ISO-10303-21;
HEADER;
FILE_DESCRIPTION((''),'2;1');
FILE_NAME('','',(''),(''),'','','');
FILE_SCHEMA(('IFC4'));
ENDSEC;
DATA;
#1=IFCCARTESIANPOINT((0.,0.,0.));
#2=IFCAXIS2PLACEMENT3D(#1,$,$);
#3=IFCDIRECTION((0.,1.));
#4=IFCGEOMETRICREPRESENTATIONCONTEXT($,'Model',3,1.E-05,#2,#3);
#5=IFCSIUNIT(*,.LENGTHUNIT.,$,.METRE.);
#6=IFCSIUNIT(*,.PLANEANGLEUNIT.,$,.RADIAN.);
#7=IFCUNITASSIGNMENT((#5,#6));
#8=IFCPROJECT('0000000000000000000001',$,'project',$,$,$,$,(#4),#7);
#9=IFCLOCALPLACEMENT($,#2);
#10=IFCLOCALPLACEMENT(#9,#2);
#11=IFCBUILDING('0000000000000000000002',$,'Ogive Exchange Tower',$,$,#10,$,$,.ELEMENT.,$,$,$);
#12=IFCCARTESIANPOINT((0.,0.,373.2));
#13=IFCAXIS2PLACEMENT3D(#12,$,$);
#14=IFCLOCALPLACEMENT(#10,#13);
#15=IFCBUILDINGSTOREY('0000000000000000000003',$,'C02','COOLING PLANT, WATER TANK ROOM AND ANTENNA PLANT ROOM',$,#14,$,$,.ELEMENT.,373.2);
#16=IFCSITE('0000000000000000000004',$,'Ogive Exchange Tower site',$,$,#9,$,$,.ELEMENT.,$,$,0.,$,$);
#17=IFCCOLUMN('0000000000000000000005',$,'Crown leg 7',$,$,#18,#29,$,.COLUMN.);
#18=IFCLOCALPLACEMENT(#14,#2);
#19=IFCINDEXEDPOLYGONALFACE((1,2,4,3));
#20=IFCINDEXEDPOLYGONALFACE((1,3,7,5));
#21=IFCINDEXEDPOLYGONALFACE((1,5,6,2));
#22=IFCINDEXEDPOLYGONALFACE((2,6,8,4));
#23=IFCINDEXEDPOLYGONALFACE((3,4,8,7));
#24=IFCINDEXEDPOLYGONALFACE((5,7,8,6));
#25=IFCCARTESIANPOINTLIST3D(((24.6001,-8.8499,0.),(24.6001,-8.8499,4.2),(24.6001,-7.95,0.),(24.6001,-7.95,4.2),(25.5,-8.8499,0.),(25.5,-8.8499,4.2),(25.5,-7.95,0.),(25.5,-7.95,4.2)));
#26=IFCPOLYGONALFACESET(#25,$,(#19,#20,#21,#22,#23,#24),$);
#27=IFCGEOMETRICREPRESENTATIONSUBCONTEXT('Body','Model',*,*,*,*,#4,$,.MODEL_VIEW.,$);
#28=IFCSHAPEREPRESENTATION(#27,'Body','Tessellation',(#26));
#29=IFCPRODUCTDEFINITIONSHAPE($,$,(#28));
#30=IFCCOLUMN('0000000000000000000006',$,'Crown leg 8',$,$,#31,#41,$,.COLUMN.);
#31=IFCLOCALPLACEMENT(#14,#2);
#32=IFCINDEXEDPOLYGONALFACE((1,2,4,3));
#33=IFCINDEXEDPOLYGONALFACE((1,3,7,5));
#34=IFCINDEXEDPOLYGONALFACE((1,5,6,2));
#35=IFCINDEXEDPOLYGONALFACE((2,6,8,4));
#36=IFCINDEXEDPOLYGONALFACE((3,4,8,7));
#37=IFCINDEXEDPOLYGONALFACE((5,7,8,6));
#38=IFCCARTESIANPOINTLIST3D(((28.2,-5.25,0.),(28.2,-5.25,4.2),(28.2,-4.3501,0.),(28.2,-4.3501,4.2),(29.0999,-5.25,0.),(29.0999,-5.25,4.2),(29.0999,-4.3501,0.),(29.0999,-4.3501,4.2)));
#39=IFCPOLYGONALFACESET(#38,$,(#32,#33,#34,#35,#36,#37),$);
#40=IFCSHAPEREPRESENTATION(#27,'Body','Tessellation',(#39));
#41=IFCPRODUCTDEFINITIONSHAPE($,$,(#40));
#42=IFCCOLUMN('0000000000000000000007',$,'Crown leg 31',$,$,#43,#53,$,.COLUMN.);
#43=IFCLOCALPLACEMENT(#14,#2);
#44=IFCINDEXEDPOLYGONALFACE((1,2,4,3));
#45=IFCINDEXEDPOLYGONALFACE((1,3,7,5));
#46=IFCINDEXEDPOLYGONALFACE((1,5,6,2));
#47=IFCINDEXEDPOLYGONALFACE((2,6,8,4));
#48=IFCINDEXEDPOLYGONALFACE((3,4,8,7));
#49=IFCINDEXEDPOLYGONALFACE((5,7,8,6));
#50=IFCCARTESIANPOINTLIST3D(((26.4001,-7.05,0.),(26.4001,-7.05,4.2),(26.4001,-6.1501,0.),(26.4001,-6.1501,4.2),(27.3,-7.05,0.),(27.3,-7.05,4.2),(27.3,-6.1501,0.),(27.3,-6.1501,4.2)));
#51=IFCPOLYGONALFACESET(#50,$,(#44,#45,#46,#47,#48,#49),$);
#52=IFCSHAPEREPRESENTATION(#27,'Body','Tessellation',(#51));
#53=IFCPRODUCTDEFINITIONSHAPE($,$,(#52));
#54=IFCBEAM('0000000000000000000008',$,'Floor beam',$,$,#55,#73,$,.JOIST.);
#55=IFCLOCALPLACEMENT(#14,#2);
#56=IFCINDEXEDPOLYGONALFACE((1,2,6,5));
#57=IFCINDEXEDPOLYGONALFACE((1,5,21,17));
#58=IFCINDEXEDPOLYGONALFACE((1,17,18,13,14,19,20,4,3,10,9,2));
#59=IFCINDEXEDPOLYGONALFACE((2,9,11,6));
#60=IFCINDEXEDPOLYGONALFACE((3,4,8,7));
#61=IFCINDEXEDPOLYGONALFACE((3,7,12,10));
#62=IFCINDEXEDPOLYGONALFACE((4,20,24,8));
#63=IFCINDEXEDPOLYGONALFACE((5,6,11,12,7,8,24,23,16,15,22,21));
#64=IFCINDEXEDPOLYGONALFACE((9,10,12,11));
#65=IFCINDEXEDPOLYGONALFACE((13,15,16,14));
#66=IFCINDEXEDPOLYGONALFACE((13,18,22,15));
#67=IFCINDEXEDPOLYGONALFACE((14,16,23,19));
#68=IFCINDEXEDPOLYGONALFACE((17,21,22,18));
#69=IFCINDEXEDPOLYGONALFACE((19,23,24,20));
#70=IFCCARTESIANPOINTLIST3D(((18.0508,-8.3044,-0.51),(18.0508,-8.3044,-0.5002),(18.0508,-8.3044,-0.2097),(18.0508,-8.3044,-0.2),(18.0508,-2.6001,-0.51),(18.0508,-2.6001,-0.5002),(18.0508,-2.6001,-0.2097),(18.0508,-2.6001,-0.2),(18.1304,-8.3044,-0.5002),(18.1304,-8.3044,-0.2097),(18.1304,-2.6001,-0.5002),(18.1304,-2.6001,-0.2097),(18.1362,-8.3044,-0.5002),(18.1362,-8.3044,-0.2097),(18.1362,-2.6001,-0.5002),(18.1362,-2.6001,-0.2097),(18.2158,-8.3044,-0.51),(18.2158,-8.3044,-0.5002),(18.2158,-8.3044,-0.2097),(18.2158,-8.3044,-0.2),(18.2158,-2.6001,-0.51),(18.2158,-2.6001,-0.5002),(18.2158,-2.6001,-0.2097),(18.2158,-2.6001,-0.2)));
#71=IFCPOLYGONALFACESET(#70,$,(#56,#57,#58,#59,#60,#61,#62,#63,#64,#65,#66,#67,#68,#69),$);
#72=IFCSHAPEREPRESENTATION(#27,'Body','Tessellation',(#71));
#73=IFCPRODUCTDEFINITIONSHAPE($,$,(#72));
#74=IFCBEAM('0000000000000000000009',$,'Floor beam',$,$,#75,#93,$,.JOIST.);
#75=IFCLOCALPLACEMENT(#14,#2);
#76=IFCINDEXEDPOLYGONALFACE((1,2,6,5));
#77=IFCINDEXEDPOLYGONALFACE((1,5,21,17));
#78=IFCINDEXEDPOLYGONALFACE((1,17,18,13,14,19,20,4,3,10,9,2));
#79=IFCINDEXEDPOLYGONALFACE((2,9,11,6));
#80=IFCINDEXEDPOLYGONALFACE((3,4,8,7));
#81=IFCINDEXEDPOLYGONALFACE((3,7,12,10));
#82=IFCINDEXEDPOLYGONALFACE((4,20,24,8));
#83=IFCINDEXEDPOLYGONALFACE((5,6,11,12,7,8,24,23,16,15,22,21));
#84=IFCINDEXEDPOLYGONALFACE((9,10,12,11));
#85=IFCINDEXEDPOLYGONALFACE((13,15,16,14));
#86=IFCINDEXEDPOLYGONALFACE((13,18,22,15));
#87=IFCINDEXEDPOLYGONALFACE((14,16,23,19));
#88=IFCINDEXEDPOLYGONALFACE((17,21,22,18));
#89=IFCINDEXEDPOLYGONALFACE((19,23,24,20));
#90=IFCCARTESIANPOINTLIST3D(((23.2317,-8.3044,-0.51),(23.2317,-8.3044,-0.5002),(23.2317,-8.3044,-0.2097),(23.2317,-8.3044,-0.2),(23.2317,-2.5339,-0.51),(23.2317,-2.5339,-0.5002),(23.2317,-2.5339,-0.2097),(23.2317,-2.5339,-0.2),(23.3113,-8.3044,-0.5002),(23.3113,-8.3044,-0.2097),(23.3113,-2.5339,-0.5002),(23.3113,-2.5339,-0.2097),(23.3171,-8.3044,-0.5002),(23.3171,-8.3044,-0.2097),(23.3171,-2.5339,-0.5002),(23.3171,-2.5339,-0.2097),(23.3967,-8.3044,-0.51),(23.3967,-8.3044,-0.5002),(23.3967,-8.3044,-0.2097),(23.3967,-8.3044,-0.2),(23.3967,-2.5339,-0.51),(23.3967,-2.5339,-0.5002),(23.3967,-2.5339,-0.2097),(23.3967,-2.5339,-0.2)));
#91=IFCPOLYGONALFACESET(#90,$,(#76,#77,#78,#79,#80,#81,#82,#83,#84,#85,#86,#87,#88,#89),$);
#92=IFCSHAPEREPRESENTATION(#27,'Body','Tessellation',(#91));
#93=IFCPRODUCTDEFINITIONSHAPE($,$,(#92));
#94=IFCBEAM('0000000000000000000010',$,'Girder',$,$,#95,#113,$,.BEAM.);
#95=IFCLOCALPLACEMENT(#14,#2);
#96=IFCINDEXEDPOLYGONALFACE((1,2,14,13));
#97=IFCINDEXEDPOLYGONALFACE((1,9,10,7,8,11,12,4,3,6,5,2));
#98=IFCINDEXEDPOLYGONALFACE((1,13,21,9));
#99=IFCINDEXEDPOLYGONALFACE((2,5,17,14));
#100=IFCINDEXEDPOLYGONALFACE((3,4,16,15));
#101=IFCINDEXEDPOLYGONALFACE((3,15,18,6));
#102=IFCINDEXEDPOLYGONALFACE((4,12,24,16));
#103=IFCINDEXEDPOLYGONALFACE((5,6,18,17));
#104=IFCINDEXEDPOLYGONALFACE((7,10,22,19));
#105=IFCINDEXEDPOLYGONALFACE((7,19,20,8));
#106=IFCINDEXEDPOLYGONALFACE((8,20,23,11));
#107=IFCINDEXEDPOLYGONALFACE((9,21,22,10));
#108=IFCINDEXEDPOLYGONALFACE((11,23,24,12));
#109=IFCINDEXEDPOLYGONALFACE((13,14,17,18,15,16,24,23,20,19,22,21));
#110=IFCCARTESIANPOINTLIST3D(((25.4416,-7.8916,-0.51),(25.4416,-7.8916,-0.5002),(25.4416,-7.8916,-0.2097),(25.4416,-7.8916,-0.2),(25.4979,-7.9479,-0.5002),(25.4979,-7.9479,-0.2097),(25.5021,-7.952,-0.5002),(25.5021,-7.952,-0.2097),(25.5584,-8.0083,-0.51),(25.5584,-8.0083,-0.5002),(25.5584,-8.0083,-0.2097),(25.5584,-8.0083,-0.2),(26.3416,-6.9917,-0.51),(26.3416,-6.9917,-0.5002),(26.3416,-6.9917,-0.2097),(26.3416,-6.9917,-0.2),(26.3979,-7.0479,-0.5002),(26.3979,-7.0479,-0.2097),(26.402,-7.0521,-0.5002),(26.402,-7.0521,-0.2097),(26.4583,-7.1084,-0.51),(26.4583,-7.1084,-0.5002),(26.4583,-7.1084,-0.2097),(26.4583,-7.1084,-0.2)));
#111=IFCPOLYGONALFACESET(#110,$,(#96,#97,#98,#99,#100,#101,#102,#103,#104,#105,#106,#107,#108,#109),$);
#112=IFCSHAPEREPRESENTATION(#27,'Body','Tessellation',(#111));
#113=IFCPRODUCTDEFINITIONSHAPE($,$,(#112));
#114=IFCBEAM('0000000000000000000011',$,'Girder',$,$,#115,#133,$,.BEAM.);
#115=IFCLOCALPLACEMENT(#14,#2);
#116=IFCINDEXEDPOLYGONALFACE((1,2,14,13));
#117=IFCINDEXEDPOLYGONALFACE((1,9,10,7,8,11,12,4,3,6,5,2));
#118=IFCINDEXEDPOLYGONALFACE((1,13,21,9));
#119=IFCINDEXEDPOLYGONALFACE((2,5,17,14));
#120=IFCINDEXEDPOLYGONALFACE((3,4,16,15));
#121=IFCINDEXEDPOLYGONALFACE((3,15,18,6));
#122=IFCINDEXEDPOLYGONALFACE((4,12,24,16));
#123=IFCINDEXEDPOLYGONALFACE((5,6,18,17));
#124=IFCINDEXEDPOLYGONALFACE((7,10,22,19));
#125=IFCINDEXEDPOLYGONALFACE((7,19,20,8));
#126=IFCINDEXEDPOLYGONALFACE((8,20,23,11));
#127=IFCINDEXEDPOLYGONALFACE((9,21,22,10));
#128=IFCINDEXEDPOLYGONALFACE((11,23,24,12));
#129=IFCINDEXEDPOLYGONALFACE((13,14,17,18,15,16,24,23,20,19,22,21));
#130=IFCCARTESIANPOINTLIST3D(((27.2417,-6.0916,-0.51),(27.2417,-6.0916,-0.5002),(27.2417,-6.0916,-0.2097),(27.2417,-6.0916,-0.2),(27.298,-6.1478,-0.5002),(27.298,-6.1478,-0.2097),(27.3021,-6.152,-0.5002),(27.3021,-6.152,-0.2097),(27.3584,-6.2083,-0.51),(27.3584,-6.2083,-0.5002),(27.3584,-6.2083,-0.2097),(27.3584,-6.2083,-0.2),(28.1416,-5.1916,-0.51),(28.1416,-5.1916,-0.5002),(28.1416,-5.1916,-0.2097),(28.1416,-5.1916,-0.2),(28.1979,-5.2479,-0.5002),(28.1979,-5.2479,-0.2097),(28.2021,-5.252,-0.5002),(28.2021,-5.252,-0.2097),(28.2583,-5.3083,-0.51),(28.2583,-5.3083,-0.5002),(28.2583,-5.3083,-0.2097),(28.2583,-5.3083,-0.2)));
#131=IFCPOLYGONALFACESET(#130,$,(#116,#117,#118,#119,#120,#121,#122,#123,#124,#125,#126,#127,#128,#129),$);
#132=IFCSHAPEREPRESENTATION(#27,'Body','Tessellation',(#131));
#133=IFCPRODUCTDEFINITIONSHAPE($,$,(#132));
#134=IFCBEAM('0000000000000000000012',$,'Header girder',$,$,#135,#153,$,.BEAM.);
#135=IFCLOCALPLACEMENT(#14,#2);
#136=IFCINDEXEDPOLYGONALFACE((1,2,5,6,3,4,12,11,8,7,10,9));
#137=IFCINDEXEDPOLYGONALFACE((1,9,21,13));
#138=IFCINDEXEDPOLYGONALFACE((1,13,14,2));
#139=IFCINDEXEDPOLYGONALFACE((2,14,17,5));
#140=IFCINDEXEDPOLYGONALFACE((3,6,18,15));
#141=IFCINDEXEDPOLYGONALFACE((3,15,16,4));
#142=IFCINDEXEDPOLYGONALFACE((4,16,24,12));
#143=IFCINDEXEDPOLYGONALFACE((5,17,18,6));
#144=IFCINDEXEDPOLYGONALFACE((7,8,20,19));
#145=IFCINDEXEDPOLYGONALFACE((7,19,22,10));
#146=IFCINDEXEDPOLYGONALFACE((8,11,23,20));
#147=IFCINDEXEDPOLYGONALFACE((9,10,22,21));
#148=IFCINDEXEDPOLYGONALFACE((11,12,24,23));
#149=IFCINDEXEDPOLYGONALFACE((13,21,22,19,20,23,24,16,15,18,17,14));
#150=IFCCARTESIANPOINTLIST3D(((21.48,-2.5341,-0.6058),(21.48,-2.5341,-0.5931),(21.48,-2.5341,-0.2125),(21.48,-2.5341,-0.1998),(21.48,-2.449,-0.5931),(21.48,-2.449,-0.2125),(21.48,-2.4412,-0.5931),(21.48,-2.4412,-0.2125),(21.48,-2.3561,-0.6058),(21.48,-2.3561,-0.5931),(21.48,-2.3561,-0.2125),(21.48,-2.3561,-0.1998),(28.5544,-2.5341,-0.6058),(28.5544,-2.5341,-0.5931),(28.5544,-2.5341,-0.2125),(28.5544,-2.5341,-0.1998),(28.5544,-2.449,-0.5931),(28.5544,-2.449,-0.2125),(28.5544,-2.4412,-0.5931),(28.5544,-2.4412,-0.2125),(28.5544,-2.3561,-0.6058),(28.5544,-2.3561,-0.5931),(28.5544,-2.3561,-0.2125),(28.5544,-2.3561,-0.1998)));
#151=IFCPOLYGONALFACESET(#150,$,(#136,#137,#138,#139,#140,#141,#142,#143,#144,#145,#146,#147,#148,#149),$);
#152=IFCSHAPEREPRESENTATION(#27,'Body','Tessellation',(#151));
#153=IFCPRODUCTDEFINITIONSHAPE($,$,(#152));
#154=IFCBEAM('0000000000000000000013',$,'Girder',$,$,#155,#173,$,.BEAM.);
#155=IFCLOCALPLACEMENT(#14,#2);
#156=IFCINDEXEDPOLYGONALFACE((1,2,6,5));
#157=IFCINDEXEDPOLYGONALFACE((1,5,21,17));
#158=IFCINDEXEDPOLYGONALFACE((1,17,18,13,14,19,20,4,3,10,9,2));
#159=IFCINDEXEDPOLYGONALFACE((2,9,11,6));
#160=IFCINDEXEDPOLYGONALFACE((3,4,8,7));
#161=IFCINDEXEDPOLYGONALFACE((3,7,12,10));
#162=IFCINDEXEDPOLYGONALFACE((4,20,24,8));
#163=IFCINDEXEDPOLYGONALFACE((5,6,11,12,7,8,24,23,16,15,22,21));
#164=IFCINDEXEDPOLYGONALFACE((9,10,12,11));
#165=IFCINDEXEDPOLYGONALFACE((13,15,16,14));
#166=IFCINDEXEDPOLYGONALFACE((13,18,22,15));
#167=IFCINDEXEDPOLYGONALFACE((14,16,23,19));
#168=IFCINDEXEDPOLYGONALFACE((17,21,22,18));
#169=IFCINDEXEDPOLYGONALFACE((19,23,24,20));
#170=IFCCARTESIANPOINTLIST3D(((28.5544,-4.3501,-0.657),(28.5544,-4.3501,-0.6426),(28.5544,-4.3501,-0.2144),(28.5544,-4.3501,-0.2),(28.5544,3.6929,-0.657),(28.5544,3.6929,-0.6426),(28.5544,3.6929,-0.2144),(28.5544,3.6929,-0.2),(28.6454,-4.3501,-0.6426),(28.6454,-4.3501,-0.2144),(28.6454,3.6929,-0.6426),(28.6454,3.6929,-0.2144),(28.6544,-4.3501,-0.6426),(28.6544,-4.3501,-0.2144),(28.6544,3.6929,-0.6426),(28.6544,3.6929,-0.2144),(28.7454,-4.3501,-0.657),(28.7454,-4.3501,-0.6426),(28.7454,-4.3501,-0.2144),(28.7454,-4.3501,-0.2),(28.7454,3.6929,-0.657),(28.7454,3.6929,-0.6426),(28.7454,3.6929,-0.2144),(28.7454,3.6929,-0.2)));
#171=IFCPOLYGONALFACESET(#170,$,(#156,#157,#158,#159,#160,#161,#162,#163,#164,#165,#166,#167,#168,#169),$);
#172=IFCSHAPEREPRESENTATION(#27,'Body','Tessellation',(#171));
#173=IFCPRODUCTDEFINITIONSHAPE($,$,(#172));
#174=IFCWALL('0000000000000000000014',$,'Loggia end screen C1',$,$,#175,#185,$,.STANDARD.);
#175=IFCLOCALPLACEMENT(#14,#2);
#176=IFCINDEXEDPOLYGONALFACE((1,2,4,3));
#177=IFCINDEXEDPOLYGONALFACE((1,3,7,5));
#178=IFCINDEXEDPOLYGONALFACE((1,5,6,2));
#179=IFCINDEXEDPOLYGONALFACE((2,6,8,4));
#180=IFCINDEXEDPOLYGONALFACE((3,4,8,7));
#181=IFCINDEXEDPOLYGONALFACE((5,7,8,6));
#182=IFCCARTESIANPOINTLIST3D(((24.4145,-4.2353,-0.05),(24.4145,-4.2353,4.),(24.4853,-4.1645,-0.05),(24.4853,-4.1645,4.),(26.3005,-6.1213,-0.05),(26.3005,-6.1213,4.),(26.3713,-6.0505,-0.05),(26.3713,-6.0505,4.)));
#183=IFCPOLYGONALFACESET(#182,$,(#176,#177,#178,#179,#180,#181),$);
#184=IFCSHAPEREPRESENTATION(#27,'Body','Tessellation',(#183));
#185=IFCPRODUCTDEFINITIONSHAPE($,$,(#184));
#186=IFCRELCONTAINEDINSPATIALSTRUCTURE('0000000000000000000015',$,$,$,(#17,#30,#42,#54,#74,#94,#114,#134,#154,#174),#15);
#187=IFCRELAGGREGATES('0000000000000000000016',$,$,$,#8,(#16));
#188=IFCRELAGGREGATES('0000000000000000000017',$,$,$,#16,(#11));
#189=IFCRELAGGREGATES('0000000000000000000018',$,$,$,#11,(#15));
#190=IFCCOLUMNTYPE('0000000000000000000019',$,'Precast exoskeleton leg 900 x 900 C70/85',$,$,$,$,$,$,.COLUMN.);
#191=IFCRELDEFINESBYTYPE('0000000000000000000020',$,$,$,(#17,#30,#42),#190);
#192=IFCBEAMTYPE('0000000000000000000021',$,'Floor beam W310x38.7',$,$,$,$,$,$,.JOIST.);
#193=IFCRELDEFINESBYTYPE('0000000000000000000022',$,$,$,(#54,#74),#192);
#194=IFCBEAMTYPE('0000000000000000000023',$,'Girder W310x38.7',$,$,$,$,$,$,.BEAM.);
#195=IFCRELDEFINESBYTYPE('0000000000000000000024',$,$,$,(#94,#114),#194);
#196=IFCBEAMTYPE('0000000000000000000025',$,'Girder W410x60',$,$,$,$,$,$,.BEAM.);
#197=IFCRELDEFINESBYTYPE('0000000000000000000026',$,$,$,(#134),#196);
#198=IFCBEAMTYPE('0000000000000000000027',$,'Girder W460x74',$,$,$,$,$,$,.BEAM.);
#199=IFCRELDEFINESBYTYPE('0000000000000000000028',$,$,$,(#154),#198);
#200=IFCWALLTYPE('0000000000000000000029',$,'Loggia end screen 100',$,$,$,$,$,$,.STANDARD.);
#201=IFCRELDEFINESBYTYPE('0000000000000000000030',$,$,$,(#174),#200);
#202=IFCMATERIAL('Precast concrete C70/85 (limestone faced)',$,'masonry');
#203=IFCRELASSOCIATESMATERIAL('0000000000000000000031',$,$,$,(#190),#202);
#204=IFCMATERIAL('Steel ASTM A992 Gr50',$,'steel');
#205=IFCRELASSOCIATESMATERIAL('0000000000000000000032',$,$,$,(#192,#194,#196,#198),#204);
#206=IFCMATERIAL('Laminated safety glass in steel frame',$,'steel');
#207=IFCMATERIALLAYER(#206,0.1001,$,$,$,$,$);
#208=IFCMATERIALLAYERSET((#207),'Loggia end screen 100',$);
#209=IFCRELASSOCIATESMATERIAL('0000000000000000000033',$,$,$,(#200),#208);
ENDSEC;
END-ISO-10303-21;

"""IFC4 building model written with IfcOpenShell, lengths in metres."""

from ifc_helpers import new_model, si_unit, direction, frame, frame_2d, origin, origin_2d, place, context, subcontext, project, spatial, rectangle, i_section, extrude, material, layer, layer_set, material_profile, profile_set, type_object, element, save


model = new_model("IFC4")

# Units and contexts
model_context = context("Model", 3, precision=1e-05, world=origin(), true_north=direction((0.0, 1.0)))
body_context = subcontext(model_context, "Body", "Model", "MODEL_VIEW")
ifc_project = project(units=[si_unit("LENGTHUNIT", "METRE"), si_unit("PLANEANGLEUNIT", "RADIAN")], contexts=[model_context])

# Site, building, storey
site_placement = place(None, origin())
site = spatial("IfcSite", under=ifc_project, at=site_placement, Name="Ogive Exchange Tower site", CompositionType="ELEMENT", RefElevation=0.0)
building_placement = place(site_placement, origin())
building = spatial("IfcBuilding", under=site, at=building_placement, Name="Ogive Exchange Tower", CompositionType="ELEMENT")
storey_placement = place(building_placement, frame((0.0, 0.0, 373.2)))
storey = spatial("IfcBuildingStorey", under=building, at=storey_placement, Name="C02", Description="COOLING PLANT, WATER TANK ROOM AND ANTENNA PLANT ROOM", CompositionType="ELEMENT", Elevation=373.2)

# Columns
ifc_material_1 = material(Name="Precast concrete C70/85 (limestone faced)", Category="masonry")
ifc_material_profile_1 = material_profile(ifc_material_1, rectangle(XDim=0.8999, YDim=0.8999, at=origin_2d()), Name="900 x 900")
ifc_profile_set_1 = profile_set([ifc_material_profile_1], Name="Precast concrete C70/85 (limestone faced)")
column_type = type_object("IfcColumnType", Name="Precast exoskeleton leg 900 x 900 C70/85", PredefinedType="COLUMN", material=ifc_profile_set_1)
for number, where, z_axis, x_axis, name in (
    (1, (25.05, -8.3999, 0.0), (0.0, 0.0, 1.0), (1.0, 0.0, 0.0), "Crown leg 7"),
    (2, (28.6499, -4.8, 0.0), (0.0, 0.0, 1.0), (1.0, 0.0, 0.0), "Crown leg 8"),
    (3, (26.8501, -6.6001, 0.0), (0.0, 0.0, 1.0), (1.0, 0.0, 0.0), "Crown leg 31"),
):
    element("IfcColumn", number, at=place(storey_placement, frame(where, z_axis=z_axis, x_axis=x_axis)), inside=storey, type_object=column_type, Name=name, PredefinedType="COLUMN", context=body_context, shape_type="SweptSolid", body=[
        extrude(rectangle(XDim=0.8999, YDim=0.8999, at=origin_2d()), origin(), (0.0, 0.0, 1.0), 4.2),
    ])

# Beams
ifc_material_2 = material(Name="Steel ASTM A992 Gr50", Category="steel")
ifc_material_profile_2 = material_profile(ifc_material_2, i_section(OverallWidth=0.165, OverallDepth=0.3101, WebThickness=0.0059, FlangeThickness=0.0098, at=origin_2d()), Name="W310x38.7")
ifc_profile_set_2 = profile_set([ifc_material_profile_2], Name="Steel ASTM A992 Gr50")
beam_type_1 = type_object("IfcBeamType", Name="Floor beam W310x38.7", PredefinedType="JOIST", material=ifc_profile_set_2)
beam_1_placement = place(storey_placement, frame((18.1333, -8.3044, -0.355), z_axis=(0.0, 1.0, 0.0), x_axis=(-1.0, 0.0, 0.0)))
element("IfcBeam", 4, at=beam_1_placement, inside=storey, type_object=beam_type_1, Name="Floor beam", PredefinedType="JOIST", context=body_context, shape_type="SweptSolid", body=[
    extrude(i_section(OverallWidth=0.165, OverallDepth=0.3101, WebThickness=0.0059, FlangeThickness=0.0098, at=origin_2d()), origin(), (0.0, 0.0, 1.0), 5.7043),
])
beam_2_placement = place(storey_placement, frame((23.3142, -8.3044, -0.355), z_axis=(0.0, 1.0, 0.0), x_axis=(-1.0, 0.0, 0.0)))
element("IfcBeam", 5, at=beam_2_placement, inside=storey, type_object=beam_type_1, Name="Floor beam", PredefinedType="JOIST", context=body_context, shape_type="SweptSolid", body=[
    extrude(i_section(OverallWidth=0.165, OverallDepth=0.3101, WebThickness=0.0059, FlangeThickness=0.0098, at=origin_2d()), origin(), (0.0, 0.0, 1.0), 5.7705),
])
ifc_material_profile_3 = material_profile(ifc_material_2, i_section(OverallWidth=0.165, OverallDepth=0.3101, WebThickness=0.0059, FlangeThickness=0.0098, at=origin_2d()), Name="W310x38.7")
ifc_profile_set_3 = profile_set([ifc_material_profile_3], Name="Steel ASTM A992 Gr50")
beam_type_2 = type_object("IfcBeamType", Name="Girder W310x38.7", PredefinedType="BEAM", material=ifc_profile_set_3)
for number, where, z_axis, x_axis, name in (
    (6, (25.5, -7.95, -0.355), (0.707107, 0.707107, 0.0), (-0.707107, 0.707107, 0.0), "Girder"),
    (7, (27.3, -6.1499, -0.355), (0.707107, 0.707107, 0.0), (-0.707107, 0.707107, 0.0), "Girder"),
):
    element("IfcBeam", number, at=place(storey_placement, frame(where, z_axis=z_axis, x_axis=x_axis)), inside=storey, type_object=beam_type_2, Name=name, PredefinedType="BEAM", context=body_context, shape_type="SweptSolid", body=[
        extrude(i_section(OverallWidth=0.165, OverallDepth=0.3101, WebThickness=0.0059, FlangeThickness=0.0098, at=origin_2d()), origin(), (0.0, 0.0, 1.0), 1.2727),
    ])
ifc_material_profile_4 = material_profile(ifc_material_2, i_section(OverallWidth=0.178, OverallDepth=0.406, WebThickness=0.0078, FlangeThickness=0.0127, at=origin_2d()), Name="W410x60")
ifc_profile_set_4 = profile_set([ifc_material_profile_4], Name="Steel ASTM A992 Gr50")
beam_type_3 = type_object("IfcBeamType", Name="Girder W410x60", PredefinedType="BEAM", material=ifc_profile_set_4)
beam_3_placement = place(storey_placement, frame((21.48, -2.4451, -0.4028), z_axis=(1.0, 0.0, 0.0), x_axis=(0.0, 1.0, 0.0)))
element("IfcBeam", 8, at=beam_3_placement, inside=storey, type_object=beam_type_3, Name="Header girder", PredefinedType="BEAM", context=body_context, shape_type="SweptSolid", body=[
    extrude(i_section(OverallWidth=0.178, OverallDepth=0.406, WebThickness=0.0078, FlangeThickness=0.0127, at=origin_2d()), origin(), (0.0, 0.0, 1.0), 7.0745),
])
ifc_material_profile_5 = material_profile(ifc_material_2, i_section(OverallWidth=0.1909, OverallDepth=0.457, WebThickness=0.009, FlangeThickness=0.0144, at=origin_2d()), Name="W460x74")
ifc_profile_set_5 = profile_set([ifc_material_profile_5], Name="Steel ASTM A992 Gr50")
beam_type_4 = type_object("IfcBeamType", Name="Girder W460x74", PredefinedType="BEAM", material=ifc_profile_set_5)
beam_4_placement = place(storey_placement, frame((28.6499, -4.3501, -0.4285), z_axis=(0.0, 1.0, 0.0), x_axis=(-1.0, 0.0, 0.0)))
element("IfcBeam", 9, at=beam_4_placement, inside=storey, type_object=beam_type_4, Name="Girder", PredefinedType="BEAM", context=body_context, shape_type="SweptSolid", body=[
    extrude(i_section(OverallWidth=0.1909, OverallDepth=0.457, WebThickness=0.009, FlangeThickness=0.0144, at=origin_2d()), origin(), (0.0, 0.0, 1.0), 8.043),
])

# Wall
ifc_material_3 = material(Name="Laminated safety glass in steel frame", Category="steel")
ifc_layer_1 = layer(ifc_material_3, 0.1001)
ifc_layer_set_1 = layer_set([ifc_layer_1], Name="Loggia end screen 100")
wall_type_1 = type_object("IfcWallType", Name="Loggia end screen 100", PredefinedType="STANDARD", material=ifc_layer_set_1)
wall_1_placement = place(storey_placement, frame((24.45, -4.2, -0.05), z_axis=(0.0, 0.0, 1.0), x_axis=(0.707107, -0.707107, 0.0)))
element("IfcWall", 10, at=wall_1_placement, inside=storey, type_object=wall_type_1, Name="Loggia end screen C1", PredefinedType="STANDARD", context=body_context, shape_type="SweptSolid", body=[
    extrude(rectangle(XDim=2.6672, YDim=0.1001, at=frame_2d((1.3335, 0.0))), origin(), (0.0, 0.0, 1.0), 4.05),
])

save(model, "model.ifc")
